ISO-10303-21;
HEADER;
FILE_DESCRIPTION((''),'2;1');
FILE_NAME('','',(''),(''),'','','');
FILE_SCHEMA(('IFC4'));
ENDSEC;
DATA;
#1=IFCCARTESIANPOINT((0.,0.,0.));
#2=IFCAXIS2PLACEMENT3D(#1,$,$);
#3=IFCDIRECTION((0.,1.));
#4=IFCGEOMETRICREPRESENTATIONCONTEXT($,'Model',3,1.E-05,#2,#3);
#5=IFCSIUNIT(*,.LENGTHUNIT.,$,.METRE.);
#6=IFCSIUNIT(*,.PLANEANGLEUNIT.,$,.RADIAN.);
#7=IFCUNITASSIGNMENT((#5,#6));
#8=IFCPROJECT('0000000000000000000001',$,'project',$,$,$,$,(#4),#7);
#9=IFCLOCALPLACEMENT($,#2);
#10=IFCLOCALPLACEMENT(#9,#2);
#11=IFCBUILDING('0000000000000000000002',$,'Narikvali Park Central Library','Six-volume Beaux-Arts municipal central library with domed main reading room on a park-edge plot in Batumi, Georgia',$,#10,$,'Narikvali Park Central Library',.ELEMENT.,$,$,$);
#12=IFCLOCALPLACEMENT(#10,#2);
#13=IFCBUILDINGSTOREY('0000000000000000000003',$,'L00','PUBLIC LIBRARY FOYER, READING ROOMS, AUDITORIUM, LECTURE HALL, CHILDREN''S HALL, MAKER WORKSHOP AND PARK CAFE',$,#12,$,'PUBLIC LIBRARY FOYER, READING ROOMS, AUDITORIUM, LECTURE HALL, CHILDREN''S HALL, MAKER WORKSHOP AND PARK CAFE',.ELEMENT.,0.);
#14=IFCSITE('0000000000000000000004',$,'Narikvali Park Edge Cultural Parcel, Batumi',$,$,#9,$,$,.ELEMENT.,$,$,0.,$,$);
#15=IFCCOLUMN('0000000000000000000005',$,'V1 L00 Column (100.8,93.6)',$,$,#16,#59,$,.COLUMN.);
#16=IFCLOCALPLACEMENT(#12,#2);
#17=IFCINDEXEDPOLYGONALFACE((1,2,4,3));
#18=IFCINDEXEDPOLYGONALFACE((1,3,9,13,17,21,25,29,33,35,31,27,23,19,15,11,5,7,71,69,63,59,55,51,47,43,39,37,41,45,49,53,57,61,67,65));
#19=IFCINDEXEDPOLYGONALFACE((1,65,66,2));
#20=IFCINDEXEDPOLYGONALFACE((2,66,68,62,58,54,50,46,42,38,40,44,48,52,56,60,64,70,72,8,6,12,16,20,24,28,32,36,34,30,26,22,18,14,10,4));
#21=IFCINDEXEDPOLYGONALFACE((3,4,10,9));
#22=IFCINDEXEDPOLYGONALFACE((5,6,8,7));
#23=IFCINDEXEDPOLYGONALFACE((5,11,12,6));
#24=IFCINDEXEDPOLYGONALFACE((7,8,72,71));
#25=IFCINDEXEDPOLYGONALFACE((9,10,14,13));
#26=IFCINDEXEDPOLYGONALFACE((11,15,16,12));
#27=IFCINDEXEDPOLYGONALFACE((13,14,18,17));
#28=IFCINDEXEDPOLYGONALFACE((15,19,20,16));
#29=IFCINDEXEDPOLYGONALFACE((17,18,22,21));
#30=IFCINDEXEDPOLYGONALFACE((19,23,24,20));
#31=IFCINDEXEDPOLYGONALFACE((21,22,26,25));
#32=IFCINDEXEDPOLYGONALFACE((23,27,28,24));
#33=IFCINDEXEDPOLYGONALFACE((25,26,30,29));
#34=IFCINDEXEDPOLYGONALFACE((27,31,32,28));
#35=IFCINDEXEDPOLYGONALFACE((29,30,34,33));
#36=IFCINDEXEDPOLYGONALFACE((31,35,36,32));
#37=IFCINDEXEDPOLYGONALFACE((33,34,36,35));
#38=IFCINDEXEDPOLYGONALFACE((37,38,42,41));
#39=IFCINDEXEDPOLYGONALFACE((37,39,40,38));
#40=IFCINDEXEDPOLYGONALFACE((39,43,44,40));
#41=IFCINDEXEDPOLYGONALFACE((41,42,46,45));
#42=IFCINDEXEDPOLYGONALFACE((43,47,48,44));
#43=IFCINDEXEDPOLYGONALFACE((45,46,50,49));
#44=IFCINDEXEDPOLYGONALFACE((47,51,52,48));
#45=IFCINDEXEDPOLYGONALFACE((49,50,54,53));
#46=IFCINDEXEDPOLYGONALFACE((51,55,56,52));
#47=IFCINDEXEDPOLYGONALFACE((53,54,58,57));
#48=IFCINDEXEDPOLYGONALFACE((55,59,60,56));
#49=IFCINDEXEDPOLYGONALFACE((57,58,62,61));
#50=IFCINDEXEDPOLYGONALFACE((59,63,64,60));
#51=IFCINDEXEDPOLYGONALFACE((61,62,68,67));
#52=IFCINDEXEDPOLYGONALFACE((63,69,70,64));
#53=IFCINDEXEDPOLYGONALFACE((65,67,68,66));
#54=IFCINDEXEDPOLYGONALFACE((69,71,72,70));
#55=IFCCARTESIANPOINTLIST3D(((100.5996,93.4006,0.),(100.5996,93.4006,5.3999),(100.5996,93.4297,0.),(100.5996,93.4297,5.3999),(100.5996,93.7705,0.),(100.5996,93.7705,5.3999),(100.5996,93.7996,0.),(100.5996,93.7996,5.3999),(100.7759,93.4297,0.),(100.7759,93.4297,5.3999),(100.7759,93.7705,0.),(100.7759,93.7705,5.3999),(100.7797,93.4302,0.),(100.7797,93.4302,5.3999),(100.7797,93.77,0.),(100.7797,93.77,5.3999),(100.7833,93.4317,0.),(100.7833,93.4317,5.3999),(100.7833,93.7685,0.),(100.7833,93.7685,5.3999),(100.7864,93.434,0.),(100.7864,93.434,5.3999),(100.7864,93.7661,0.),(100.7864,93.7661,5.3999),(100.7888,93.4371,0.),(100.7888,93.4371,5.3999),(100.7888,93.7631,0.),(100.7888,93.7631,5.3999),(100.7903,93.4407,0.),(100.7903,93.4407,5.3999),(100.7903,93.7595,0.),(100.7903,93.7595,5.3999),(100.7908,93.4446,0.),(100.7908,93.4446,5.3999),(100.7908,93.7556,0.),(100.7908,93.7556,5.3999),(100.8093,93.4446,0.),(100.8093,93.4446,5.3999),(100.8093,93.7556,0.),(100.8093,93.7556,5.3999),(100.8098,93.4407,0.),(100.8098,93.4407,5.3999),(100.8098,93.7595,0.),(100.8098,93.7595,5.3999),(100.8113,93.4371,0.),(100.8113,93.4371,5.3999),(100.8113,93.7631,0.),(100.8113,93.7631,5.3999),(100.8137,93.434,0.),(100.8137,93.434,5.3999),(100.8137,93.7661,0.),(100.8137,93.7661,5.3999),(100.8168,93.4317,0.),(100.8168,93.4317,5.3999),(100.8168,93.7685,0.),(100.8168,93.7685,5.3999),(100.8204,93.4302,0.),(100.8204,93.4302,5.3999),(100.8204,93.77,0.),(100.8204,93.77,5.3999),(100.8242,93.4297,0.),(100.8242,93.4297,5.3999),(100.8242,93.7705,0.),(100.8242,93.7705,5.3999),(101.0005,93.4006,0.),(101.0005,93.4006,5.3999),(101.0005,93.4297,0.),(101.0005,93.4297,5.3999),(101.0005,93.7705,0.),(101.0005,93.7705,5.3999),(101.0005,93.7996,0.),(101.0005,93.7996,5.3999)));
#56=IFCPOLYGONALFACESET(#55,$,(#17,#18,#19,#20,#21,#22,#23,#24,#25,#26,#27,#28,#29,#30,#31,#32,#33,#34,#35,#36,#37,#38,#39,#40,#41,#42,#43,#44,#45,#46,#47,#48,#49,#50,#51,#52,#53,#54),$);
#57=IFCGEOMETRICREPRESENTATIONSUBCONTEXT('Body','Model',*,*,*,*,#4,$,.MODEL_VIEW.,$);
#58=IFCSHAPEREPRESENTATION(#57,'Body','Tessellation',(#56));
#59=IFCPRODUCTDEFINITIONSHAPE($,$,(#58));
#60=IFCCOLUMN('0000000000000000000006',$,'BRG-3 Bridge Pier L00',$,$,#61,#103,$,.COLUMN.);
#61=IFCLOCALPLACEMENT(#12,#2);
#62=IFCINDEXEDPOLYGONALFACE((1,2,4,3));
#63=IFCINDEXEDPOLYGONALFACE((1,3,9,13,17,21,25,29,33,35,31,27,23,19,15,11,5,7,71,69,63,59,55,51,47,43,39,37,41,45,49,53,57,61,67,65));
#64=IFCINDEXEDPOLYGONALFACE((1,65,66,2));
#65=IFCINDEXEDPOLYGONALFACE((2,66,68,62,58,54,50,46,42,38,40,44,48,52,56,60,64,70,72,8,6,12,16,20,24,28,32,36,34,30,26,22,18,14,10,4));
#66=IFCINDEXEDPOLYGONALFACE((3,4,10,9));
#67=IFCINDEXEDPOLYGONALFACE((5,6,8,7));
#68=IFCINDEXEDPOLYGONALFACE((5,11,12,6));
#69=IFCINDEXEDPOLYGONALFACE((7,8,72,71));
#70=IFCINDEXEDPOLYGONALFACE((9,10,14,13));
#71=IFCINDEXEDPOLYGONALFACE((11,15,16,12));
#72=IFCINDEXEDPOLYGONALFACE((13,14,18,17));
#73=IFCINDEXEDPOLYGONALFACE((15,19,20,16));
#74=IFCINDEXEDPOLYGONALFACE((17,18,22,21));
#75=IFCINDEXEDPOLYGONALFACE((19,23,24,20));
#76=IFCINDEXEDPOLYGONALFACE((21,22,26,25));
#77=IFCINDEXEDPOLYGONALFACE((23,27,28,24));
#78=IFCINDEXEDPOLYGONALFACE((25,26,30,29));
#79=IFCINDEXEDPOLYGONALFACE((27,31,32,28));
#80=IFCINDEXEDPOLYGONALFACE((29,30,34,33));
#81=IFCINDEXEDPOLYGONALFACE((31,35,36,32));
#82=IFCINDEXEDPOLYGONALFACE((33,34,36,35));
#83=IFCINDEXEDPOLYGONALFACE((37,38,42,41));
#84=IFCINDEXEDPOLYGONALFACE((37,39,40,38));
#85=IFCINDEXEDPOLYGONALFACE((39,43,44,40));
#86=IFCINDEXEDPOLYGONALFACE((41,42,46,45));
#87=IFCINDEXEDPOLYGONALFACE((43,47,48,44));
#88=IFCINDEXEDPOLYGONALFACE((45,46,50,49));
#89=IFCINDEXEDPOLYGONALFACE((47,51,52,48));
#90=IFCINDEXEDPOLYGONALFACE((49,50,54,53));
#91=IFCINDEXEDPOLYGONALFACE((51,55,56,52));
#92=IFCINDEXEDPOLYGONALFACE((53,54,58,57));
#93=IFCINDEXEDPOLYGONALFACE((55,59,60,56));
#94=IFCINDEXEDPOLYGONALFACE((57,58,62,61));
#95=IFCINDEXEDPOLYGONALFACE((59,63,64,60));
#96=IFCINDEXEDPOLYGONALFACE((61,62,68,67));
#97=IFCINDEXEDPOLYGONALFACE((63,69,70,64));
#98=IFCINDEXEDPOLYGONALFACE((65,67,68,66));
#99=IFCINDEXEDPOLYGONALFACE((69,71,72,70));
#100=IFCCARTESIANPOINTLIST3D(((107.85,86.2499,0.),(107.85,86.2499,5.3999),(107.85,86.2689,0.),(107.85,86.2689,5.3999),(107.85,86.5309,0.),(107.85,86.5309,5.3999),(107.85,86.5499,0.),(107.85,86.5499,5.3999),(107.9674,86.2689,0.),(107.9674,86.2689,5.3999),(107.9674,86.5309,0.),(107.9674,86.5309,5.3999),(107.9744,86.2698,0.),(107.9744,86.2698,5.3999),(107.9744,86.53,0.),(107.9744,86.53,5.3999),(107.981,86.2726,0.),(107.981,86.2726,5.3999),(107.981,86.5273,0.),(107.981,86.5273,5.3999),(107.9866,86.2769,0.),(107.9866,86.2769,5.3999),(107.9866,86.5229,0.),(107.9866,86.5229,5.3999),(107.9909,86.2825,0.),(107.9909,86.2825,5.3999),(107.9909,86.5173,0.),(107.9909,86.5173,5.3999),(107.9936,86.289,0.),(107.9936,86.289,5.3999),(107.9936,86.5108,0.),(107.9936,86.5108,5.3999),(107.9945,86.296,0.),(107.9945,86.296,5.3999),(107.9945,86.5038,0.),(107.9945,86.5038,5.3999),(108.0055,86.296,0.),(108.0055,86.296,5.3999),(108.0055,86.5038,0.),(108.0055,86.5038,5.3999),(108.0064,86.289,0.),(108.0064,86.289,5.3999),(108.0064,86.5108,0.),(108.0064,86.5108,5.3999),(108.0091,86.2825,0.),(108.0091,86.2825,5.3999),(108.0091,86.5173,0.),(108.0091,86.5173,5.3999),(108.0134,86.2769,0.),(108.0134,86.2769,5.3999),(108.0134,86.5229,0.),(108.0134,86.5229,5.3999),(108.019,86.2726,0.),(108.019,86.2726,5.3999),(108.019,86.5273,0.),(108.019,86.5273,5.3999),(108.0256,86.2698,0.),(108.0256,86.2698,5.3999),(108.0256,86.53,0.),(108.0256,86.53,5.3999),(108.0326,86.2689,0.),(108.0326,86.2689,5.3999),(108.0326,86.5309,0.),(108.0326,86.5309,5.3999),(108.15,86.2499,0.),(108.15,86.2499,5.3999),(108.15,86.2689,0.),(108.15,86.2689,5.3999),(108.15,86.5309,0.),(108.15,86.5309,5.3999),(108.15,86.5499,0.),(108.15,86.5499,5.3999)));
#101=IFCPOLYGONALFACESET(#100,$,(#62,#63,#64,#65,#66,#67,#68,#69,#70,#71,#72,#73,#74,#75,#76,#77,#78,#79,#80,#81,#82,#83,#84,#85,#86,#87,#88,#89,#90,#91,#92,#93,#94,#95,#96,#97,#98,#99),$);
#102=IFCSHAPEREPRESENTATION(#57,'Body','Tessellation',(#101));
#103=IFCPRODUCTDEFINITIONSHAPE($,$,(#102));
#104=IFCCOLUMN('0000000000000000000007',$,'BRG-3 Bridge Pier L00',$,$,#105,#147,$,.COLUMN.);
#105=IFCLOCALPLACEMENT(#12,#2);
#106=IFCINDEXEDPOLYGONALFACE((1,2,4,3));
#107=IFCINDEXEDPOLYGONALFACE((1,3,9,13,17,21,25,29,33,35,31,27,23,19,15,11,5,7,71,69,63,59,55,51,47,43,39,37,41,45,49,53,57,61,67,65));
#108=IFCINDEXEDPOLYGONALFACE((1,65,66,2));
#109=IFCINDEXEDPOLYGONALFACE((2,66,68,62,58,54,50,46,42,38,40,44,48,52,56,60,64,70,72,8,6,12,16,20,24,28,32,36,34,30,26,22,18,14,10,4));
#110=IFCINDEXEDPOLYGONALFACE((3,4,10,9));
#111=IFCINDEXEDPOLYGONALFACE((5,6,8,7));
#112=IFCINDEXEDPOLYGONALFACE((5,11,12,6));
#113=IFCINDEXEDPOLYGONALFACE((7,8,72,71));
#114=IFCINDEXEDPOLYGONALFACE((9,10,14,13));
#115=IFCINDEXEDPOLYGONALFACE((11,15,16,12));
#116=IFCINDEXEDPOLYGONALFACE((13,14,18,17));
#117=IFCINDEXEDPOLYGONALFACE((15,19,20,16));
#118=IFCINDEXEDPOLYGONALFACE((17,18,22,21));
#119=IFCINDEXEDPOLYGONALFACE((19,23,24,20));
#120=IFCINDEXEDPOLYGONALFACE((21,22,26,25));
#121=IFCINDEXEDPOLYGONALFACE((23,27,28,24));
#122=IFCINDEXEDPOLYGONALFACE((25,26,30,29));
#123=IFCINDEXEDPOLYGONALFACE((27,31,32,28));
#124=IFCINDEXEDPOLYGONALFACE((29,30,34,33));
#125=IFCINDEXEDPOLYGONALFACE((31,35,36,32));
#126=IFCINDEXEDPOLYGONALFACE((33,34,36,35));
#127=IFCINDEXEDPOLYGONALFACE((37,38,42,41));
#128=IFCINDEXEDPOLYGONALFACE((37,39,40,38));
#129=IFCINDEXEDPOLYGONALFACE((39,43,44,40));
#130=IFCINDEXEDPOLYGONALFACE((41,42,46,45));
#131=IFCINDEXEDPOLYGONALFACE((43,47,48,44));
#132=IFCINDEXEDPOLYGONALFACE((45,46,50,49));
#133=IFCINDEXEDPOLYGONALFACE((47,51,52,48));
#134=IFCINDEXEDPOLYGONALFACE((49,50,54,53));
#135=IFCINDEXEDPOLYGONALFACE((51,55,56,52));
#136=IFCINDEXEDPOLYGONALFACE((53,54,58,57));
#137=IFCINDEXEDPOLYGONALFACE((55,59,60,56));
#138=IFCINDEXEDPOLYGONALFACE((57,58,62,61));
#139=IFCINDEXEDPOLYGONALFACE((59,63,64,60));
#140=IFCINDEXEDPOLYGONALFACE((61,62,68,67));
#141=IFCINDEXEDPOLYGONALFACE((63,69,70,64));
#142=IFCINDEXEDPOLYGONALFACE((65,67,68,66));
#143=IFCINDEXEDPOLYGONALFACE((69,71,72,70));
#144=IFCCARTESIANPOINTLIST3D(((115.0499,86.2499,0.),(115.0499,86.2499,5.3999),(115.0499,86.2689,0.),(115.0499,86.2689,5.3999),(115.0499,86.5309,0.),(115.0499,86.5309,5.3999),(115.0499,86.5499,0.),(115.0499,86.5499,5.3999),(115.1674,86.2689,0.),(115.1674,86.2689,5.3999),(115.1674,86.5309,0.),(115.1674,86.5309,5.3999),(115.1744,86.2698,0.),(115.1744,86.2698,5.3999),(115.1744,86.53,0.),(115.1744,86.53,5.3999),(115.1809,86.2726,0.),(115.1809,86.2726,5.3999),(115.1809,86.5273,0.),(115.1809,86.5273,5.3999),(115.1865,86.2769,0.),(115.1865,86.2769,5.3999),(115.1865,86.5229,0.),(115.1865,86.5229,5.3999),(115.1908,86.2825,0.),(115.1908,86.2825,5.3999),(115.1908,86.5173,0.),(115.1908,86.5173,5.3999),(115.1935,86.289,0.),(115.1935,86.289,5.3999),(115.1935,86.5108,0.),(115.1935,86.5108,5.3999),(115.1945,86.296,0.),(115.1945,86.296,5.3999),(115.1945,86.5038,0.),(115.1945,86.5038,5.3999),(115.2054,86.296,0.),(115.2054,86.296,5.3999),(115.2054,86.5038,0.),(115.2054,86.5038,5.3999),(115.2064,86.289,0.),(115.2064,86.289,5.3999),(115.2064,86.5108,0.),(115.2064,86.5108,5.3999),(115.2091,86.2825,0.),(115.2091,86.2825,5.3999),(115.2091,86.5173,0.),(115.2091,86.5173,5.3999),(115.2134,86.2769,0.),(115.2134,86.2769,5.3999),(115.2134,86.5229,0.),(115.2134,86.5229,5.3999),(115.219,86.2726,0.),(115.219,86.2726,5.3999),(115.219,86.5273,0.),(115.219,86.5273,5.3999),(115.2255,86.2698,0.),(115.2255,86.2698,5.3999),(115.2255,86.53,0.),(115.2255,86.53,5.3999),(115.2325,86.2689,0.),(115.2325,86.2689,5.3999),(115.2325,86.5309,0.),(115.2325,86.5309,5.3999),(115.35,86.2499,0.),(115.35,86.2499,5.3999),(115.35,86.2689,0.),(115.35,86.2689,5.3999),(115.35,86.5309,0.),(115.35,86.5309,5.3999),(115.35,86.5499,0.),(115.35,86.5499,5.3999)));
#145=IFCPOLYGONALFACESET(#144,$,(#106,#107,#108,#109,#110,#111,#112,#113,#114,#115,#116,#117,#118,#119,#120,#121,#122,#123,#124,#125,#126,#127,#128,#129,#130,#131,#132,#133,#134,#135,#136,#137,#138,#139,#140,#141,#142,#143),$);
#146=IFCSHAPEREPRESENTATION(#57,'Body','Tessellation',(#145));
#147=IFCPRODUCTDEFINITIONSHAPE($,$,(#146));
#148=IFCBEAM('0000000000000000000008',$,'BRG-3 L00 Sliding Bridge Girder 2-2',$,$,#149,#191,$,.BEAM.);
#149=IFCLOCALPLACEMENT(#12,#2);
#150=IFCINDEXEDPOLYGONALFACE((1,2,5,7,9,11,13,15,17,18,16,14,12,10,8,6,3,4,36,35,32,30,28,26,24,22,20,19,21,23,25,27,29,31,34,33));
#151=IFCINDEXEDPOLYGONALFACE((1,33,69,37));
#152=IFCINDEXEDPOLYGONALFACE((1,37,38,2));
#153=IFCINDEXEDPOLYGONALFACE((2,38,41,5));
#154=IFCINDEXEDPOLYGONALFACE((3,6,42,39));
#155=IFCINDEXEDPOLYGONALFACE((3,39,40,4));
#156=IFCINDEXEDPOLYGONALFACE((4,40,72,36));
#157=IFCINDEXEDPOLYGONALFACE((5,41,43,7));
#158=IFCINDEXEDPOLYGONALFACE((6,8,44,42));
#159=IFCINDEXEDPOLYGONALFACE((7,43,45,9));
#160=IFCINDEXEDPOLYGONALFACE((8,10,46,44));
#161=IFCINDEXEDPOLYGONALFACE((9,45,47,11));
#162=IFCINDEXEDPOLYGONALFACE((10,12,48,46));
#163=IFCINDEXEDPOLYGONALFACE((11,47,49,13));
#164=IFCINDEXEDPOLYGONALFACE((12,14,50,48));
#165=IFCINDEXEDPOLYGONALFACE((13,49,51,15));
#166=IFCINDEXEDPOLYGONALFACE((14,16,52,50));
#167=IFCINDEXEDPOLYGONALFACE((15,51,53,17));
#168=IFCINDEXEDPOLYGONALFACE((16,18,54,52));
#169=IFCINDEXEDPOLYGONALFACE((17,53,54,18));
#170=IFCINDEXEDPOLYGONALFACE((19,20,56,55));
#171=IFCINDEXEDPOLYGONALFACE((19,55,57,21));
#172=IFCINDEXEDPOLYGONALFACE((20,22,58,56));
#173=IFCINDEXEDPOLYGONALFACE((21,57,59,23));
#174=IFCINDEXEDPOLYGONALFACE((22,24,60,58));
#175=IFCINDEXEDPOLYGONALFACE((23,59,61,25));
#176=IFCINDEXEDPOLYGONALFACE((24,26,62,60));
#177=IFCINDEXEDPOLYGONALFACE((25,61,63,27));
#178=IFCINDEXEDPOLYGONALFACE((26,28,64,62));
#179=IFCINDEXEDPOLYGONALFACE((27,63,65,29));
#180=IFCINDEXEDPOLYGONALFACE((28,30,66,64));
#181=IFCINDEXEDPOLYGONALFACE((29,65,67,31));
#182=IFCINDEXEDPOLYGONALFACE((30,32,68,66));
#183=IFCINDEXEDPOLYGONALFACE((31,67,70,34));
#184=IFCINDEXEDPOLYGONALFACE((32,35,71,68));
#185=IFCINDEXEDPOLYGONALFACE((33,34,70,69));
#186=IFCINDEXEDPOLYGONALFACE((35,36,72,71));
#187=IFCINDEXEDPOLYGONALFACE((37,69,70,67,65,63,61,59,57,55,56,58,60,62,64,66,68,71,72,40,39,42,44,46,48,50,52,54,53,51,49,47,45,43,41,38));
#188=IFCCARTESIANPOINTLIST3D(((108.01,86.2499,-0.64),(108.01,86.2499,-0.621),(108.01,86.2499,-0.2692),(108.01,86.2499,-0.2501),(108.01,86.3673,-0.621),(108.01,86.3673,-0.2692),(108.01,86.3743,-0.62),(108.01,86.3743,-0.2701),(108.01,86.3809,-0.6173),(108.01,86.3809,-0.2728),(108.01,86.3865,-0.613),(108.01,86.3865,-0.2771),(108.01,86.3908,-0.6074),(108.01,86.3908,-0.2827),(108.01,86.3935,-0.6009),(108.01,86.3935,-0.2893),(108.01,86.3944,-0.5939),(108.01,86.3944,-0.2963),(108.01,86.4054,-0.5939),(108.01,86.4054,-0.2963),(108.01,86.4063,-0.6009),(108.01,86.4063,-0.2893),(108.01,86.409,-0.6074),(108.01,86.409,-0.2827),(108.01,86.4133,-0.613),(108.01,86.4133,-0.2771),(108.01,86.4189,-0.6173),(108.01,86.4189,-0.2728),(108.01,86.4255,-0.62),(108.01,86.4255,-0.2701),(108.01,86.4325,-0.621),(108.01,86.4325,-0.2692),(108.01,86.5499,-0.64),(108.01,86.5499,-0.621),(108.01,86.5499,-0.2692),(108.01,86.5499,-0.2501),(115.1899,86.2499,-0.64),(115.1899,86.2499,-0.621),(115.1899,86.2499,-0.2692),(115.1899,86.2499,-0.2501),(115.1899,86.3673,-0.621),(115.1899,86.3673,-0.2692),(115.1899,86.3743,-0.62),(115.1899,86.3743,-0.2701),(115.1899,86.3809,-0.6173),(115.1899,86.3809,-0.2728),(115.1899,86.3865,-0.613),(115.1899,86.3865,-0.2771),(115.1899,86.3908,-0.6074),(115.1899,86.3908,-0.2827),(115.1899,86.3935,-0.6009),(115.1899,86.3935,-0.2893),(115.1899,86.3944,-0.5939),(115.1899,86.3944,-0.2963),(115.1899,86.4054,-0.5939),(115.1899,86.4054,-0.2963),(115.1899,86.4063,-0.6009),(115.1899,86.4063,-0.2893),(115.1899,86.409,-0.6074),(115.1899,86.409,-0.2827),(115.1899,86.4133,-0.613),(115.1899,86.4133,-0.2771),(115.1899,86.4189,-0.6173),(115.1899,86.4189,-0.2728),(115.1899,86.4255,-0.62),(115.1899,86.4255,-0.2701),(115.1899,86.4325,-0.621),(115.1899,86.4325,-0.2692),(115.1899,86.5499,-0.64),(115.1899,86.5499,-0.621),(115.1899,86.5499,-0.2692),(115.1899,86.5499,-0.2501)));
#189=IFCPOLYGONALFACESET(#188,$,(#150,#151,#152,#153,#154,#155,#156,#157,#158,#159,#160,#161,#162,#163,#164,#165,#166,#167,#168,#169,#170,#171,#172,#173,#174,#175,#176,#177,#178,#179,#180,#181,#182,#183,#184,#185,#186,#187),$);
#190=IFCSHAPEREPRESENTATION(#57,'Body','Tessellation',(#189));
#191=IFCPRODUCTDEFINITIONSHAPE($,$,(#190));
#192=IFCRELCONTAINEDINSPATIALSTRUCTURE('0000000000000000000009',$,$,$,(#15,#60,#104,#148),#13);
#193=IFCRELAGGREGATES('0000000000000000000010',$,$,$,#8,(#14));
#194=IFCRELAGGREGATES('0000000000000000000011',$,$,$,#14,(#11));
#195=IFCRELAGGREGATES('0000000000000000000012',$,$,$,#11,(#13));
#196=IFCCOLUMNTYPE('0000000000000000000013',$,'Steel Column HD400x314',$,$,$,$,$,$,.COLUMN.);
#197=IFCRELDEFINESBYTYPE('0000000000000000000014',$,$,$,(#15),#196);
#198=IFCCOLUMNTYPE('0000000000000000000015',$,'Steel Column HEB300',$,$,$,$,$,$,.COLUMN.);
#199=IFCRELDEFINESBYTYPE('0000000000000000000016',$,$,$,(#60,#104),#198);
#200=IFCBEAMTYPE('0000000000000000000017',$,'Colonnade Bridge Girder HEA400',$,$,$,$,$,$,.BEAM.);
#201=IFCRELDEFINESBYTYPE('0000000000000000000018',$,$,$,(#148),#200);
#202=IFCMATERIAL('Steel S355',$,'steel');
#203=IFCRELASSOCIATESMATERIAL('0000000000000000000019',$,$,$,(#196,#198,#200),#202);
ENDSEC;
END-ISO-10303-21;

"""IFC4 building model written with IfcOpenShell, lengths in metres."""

from ifc_helpers import new_model, si_unit, direction, frame, origin, origin_2d, place, context, subcontext, project, spatial, i_section, extrude, material, material_profile, profile_set, type_object, element, save


model = new_model("IFC4")

# Units and contexts
model_context = context("Model", 3, precision=1e-05, world=origin(), true_north=direction((0.0, 1.0)))
body_context = subcontext(model_context, "Body", "Model", "MODEL_VIEW")
ifc_project = project(units=[si_unit("LENGTHUNIT", "METRE"), si_unit("PLANEANGLEUNIT", "RADIAN")], contexts=[model_context])

# Site, building, storey
site_placement = place(None, origin())
site = spatial("IfcSite", under=ifc_project, at=site_placement, Name="Narikvali Park Edge Cultural Parcel, Batumi", CompositionType="ELEMENT", RefElevation=0.0)
building_placement = place(site_placement, origin())
building = spatial("IfcBuilding", under=site, at=building_placement, Name="Narikvali Park Central Library", Description="Six-volume Beaux-Arts municipal central library with domed main reading room on a park-edge plot in Batumi, Georgia", LongName="Narikvali Park Central Library", CompositionType="ELEMENT")
storey_placement = place(building_placement, origin())
storey = spatial("IfcBuildingStorey", under=building, at=storey_placement, Name="L00", Description="PUBLIC LIBRARY FOYER, READING ROOMS, AUDITORIUM, LECTURE HALL, CHILDREN'S HALL, MAKER WORKSHOP AND PARK CAFE", LongName="PUBLIC LIBRARY FOYER, READING ROOMS, AUDITORIUM, LECTURE HALL, CHILDREN'S HALL, MAKER WORKSHOP AND PARK CAFE", CompositionType="ELEMENT", Elevation=0.0)

# Columns
ifc_material_1 = material(Name="Steel S355", Category="steel")
ifc_material_profile_1 = material_profile(ifc_material_1, i_section(OverallWidth=0.4009, OverallDepth=0.3989, WebThickness=0.0186, FlangeThickness=0.0291, FilletRadius=0.0149, at=origin_2d()), Name="HD 400x314")
ifc_profile_set_1 = profile_set([ifc_material_profile_1], Name="Steel S355")
column_type_1 = type_object("IfcColumnType", Name="Steel Column HD400x314", PredefinedType="COLUMN", material=ifc_profile_set_1)
column_placement = place(storey_placement, frame((100.8, 93.6001, 0.0), z_axis=(0.0, 0.0, 1.0), x_axis=(1.0, 0.0, 0.0)))
element("IfcColumn", 1, at=column_placement, inside=storey, type_object=column_type_1, Name="V1 L00 Column (100.8,93.6)", PredefinedType="COLUMN", context=body_context, shape_type="SweptSolid", body=[
    extrude(i_section(OverallWidth=0.4009, OverallDepth=0.3989, WebThickness=0.0186, FlangeThickness=0.0291, FilletRadius=0.0149, at=origin_2d()), origin(), (0.0, 0.0, 1.0), 5.3999),
])
ifc_material_profile_2 = material_profile(ifc_material_1, i_section(OverallWidth=0.3, OverallDepth=0.3, WebThickness=0.011, FlangeThickness=0.019, FilletRadius=0.0271, at=origin_2d()), Name="HEB 300")
ifc_profile_set_2 = profile_set([ifc_material_profile_2], Name="Steel S355")
column_type_2 = type_object("IfcColumnType", Name="Steel Column HEB300", PredefinedType="COLUMN", material=ifc_profile_set_2)
for number, where, z_axis, x_axis, name in (
    (2, (108.0, 86.3999, 0.0), (0.0, 0.0, 1.0), (1.0, 0.0, 0.0), "BRG-3 Bridge Pier L00"),
    (3, (115.2, 86.3999, 0.0), (0.0, 0.0, 1.0), (1.0, 0.0, 0.0), "BRG-3 Bridge Pier L00"),
):
    element("IfcColumn", number, at=place(storey_placement, frame(where, z_axis=z_axis, x_axis=x_axis)), inside=storey, type_object=column_type_2, Name=name, PredefinedType="COLUMN", context=body_context, shape_type="SweptSolid", body=[
        extrude(i_section(OverallWidth=0.3, OverallDepth=0.3, WebThickness=0.011, FlangeThickness=0.019, FilletRadius=0.0271, at=origin_2d()), origin(), (0.0, 0.0, 1.0), 5.3999),
    ])

# Beam
ifc_material_profile_3 = material_profile(ifc_material_1, i_section(OverallWidth=0.3, OverallDepth=0.3899, WebThickness=0.011, FlangeThickness=0.019, FilletRadius=0.0271, at=origin_2d()), Name="HEA 400")
ifc_profile_set_3 = profile_set([ifc_material_profile_3], Name="Steel S355")
beam_type_1 = type_object("IfcBeamType", Name="Colonnade Bridge Girder HEA400", PredefinedType="BEAM", material=ifc_profile_set_3)
for number, where, z_axis, x_axis, name in (
    (4, (108.01, 86.3999, -0.4451), (1.0, 0.0, 0.0), (0.0, 1.0, 0.0), "BRG-3 L00 Sliding Bridge Girder 2-2"),
):
    element("IfcBeam", number, at=place(storey_placement, frame(where, z_axis=z_axis, x_axis=x_axis)), inside=storey, type_object=beam_type_1, Name=name, PredefinedType="BEAM", context=body_context, shape_type="SweptSolid", body=[
        extrude(i_section(OverallWidth=0.3, OverallDepth=0.3899, WebThickness=0.011, FlangeThickness=0.019, FilletRadius=0.0271, at=origin_2d()), origin(), (0.0, 0.0, 1.0), 7.1799),
    ])

save(model, "model.ifc")
